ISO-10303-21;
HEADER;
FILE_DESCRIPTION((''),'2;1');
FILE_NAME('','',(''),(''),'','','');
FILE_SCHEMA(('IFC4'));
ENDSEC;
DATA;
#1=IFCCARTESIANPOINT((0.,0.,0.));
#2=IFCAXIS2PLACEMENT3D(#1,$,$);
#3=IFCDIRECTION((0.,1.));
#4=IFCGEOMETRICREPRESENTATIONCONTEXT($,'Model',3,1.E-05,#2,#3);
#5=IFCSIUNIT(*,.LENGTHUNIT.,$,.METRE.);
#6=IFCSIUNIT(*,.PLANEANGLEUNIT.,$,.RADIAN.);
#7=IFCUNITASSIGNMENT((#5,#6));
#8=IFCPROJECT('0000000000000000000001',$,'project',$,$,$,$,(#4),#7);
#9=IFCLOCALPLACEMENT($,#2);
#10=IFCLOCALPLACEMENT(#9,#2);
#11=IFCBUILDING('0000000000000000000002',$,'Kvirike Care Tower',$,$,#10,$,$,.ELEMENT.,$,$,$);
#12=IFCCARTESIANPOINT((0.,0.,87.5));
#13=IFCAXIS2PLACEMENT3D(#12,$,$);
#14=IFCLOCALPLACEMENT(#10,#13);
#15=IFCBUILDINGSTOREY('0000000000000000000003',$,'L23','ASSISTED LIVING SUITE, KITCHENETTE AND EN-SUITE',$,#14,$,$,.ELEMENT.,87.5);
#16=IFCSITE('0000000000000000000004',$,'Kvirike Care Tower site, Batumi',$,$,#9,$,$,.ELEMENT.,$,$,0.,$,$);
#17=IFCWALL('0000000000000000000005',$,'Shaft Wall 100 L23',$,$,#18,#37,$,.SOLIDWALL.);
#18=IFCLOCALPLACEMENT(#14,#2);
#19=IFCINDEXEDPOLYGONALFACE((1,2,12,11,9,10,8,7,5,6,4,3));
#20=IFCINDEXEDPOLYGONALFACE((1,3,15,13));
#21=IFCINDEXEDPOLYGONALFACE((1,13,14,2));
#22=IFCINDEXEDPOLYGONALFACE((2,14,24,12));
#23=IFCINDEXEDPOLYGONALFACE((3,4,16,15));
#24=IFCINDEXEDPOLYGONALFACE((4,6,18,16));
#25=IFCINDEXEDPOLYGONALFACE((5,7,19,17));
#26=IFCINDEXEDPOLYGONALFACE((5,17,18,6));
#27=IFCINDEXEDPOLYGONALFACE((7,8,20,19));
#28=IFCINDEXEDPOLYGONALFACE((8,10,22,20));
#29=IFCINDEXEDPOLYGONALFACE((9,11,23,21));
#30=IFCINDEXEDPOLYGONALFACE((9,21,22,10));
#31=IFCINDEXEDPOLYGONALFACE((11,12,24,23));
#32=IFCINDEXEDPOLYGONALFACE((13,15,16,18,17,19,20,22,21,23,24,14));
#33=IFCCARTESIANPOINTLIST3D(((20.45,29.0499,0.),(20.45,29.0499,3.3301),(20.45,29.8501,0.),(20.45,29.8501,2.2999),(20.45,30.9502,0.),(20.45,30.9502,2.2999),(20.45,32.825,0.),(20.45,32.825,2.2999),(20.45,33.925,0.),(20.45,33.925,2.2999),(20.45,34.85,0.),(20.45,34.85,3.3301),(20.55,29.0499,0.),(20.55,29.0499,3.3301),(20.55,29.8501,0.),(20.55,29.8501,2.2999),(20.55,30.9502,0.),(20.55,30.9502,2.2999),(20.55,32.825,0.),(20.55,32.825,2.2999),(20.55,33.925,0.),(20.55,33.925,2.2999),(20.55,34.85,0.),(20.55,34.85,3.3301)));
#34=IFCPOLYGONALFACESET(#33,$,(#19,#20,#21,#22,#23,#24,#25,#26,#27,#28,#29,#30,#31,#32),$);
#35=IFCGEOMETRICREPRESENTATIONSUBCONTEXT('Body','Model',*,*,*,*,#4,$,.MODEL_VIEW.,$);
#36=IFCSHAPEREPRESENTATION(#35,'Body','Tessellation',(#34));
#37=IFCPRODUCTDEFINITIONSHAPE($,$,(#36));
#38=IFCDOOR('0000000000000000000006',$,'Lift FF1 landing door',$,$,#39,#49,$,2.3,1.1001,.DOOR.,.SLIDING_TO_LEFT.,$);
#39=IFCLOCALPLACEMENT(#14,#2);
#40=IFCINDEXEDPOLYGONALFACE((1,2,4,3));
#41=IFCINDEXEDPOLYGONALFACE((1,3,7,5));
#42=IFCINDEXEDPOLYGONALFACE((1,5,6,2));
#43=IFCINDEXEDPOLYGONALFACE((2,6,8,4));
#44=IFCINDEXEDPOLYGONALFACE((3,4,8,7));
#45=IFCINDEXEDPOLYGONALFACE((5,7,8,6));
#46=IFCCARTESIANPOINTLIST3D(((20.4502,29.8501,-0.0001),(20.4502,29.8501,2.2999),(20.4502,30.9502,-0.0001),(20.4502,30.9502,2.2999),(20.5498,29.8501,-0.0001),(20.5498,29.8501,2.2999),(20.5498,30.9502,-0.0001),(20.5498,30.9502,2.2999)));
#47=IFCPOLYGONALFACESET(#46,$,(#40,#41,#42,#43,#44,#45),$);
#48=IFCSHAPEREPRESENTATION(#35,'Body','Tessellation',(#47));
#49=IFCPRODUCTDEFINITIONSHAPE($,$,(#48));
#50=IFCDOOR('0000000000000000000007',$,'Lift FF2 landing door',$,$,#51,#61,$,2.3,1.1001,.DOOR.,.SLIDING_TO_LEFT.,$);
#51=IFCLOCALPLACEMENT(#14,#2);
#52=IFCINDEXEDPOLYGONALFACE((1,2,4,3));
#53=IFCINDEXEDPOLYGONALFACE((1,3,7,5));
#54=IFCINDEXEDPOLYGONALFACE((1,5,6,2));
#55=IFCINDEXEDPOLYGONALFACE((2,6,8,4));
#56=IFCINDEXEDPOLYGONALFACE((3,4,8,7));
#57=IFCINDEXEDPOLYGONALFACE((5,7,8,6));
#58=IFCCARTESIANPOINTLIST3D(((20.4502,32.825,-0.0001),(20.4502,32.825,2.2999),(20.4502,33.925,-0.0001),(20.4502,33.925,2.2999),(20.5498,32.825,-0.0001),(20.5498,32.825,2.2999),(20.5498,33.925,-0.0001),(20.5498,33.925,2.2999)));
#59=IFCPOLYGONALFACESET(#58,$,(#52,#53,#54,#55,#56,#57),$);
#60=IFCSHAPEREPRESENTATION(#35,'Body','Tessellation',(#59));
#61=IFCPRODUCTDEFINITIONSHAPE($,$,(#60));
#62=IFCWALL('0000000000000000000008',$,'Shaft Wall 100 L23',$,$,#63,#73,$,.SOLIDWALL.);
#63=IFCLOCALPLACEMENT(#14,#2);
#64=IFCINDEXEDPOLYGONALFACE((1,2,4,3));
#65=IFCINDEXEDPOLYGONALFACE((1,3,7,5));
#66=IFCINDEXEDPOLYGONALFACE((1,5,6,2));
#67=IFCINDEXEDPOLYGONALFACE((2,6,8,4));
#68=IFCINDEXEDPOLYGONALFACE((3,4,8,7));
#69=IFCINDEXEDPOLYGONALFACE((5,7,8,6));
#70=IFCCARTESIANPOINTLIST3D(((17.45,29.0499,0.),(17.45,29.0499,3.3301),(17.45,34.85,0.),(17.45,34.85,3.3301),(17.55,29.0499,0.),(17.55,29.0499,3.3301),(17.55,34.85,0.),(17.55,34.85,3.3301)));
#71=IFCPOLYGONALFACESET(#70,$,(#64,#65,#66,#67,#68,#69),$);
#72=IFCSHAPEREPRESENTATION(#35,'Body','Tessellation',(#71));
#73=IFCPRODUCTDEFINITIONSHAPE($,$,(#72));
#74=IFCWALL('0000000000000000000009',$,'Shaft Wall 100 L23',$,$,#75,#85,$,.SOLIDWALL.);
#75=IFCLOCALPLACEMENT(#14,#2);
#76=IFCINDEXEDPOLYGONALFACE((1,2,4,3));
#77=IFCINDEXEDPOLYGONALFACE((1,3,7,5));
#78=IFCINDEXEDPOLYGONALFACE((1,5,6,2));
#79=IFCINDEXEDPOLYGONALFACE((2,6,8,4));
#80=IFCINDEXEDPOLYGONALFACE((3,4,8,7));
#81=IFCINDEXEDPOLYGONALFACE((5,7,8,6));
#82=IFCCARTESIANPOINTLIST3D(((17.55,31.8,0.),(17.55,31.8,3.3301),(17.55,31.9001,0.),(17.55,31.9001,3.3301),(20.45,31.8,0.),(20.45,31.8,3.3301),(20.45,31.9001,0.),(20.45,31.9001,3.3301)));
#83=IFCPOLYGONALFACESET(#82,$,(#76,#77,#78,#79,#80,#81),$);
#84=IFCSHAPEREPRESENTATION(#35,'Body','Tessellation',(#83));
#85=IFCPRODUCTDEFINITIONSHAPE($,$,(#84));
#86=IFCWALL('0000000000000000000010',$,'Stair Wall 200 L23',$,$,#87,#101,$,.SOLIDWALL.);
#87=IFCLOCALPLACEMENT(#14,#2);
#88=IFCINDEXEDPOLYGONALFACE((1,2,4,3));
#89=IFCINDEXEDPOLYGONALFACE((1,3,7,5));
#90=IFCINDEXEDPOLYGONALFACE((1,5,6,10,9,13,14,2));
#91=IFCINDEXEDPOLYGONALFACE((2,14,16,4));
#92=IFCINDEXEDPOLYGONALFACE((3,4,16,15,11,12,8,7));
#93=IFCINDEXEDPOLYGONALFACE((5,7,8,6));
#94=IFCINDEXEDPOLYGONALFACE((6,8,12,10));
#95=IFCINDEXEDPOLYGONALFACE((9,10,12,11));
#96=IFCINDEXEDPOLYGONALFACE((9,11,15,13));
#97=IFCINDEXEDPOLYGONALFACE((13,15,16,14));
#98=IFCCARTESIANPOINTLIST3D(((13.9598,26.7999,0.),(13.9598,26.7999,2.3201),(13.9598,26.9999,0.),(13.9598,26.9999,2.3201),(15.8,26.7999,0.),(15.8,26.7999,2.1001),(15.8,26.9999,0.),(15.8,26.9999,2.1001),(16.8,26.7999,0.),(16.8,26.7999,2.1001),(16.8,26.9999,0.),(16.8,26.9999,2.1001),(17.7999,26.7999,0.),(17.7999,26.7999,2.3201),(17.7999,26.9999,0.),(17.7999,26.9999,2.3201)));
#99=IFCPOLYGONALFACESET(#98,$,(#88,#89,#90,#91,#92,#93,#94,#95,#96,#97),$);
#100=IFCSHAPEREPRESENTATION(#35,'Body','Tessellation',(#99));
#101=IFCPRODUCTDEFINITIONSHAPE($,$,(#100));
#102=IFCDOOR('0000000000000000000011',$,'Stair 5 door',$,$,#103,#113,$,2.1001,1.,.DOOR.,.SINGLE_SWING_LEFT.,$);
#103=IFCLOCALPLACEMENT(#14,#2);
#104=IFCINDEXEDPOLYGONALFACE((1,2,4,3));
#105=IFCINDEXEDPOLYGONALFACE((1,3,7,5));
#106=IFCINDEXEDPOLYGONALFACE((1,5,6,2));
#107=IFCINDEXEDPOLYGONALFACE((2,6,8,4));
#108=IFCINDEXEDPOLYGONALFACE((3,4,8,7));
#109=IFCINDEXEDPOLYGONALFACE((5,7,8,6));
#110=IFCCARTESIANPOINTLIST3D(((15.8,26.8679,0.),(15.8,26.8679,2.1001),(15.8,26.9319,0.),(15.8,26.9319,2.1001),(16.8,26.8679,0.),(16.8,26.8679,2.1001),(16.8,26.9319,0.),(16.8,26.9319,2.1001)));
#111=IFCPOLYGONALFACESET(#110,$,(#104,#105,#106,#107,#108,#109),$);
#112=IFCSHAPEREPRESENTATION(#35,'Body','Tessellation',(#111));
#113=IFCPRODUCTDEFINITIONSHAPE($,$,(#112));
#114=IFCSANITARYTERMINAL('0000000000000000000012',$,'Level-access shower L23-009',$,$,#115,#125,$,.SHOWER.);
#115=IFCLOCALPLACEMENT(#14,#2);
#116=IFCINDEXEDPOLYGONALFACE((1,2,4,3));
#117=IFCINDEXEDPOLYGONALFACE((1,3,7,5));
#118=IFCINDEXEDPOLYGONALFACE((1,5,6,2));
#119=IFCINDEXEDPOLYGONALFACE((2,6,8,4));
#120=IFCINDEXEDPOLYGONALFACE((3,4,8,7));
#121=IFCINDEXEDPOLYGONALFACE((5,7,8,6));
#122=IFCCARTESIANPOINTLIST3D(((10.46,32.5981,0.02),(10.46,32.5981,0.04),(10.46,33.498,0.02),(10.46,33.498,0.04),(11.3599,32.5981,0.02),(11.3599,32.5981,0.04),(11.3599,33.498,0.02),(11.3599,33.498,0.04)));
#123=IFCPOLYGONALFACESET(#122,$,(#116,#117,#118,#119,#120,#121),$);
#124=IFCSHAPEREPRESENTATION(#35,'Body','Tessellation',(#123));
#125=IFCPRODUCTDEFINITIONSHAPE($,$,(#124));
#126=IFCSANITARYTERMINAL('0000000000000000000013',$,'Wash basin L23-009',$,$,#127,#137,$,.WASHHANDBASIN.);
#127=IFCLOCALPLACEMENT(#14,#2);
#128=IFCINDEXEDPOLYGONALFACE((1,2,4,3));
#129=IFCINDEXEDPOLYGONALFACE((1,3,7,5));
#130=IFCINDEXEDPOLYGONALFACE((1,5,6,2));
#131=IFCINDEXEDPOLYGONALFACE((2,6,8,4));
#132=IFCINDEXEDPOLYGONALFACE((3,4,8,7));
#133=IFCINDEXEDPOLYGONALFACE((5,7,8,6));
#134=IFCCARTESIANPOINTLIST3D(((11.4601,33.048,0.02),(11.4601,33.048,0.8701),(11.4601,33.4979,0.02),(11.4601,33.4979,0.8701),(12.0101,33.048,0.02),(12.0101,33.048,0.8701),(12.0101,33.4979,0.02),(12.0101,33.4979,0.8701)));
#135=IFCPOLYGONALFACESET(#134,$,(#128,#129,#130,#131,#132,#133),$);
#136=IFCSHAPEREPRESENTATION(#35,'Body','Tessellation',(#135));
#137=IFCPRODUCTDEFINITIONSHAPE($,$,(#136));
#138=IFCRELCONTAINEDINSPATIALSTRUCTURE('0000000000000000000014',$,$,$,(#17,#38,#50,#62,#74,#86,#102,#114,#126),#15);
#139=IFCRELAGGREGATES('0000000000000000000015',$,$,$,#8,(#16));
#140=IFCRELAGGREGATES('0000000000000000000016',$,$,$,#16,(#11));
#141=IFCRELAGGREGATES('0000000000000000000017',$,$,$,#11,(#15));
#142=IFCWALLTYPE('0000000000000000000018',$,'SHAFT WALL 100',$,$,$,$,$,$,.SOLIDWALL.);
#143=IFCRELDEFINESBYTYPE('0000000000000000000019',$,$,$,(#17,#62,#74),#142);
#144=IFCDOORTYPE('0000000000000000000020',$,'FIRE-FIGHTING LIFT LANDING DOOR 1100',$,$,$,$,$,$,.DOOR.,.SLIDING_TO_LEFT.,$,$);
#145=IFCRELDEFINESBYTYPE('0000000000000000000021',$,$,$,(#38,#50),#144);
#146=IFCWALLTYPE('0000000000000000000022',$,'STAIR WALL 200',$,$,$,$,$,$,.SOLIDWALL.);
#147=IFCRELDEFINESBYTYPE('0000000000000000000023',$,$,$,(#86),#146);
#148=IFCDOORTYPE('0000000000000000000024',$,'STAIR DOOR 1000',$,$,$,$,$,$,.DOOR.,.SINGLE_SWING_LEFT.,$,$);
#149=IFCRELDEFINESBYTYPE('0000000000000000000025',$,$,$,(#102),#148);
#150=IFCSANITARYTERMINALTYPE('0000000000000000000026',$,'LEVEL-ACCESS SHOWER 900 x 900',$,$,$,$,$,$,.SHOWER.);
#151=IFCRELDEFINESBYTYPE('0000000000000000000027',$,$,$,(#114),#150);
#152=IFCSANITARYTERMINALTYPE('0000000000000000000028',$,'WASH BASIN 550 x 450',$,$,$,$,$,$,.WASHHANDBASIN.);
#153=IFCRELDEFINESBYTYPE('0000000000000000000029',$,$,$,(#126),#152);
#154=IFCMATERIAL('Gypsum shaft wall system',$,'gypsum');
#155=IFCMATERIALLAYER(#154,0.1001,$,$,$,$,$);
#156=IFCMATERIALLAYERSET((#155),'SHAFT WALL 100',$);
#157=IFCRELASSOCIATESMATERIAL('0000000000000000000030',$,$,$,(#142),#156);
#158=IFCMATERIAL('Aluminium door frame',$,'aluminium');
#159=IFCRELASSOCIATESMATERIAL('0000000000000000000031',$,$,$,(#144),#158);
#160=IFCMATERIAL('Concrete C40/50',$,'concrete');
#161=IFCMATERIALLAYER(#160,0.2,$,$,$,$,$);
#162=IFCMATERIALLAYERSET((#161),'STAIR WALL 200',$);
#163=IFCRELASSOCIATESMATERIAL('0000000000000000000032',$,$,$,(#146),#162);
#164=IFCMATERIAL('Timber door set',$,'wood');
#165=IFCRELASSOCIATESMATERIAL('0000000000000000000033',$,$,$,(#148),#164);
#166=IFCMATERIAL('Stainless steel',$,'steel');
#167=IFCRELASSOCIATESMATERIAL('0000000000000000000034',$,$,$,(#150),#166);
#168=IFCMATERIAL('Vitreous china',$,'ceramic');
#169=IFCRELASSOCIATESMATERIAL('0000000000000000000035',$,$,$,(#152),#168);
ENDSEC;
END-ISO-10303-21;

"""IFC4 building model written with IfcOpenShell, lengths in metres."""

from ifc_helpers import new_model, si_unit, direction, frame, frame_2d, origin, origin_2d, place, context, subcontext, project, spatial, rectangle, extrude, material, layer, layer_set, type_object, element, fill, save


model = new_model("IFC4")

# Units and contexts
model_context = context("Model", 3, precision=1e-05, world=origin(), true_north=direction((0.0, 1.0)))
body_context = subcontext(model_context, "Body", "Model", "MODEL_VIEW")
ifc_project = project(units=[si_unit("LENGTHUNIT", "METRE"), si_unit("PLANEANGLEUNIT", "RADIAN")], contexts=[model_context])

# Site, building, storey
site_placement = place(None, origin())
site = spatial("IfcSite", under=ifc_project, at=site_placement, Name="Kvirike Care Tower site, Batumi", CompositionType="ELEMENT", RefElevation=0.0)
building_placement = place(site_placement, origin())
building = spatial("IfcBuilding", under=site, at=building_placement, Name="Kvirike Care Tower", CompositionType="ELEMENT")
storey_placement = place(building_placement, frame((0.0, 0.0, 87.5)))
storey = spatial("IfcBuildingStorey", under=building, at=storey_placement, Name="L23", Description="ASSISTED LIVING SUITE, KITCHENETTE AND EN-SUITE", CompositionType="ELEMENT", Elevation=87.5)

# Wall, openings, doors
ifc_material_1 = material(Name="Gypsum shaft wall system", Category="gypsum")
ifc_layer_1 = layer(ifc_material_1, 0.1001)
ifc_layer_set_1 = layer_set([ifc_layer_1], Name="SHAFT WALL 100")
wall_type_1 = type_object("IfcWallType", Name="SHAFT WALL 100", PredefinedType="SOLIDWALL", material=ifc_layer_set_1)
wall_1_placement = place(storey_placement, frame((20.5, 29.05, 0.0), z_axis=(0.0, 0.0, 1.0), x_axis=(0.0, 1.0, 0.0)))
wall_1 = element("IfcWall", 1, at=wall_1_placement, inside=storey, type_object=wall_type_1, Name="Shaft Wall 100 L23", PredefinedType="SOLIDWALL", context=body_context, shape_type="SweptSolid", body=[
    extrude(rectangle(XDim=5.8, YDim=0.1001, at=frame_2d((2.8999, 0.0))), origin(), (0.0, 0.0, 1.0), 3.3301),
])
opening_1_placement = place(wall_1_placement, frame((0.8, 0.0, 0.0)))
opening_1 = element("IfcOpeningElement", 2, at=opening_1_placement, cuts=wall_1, PredefinedType="OPENING", context=body_context, shape_type="SweptSolid", body=[
    extrude(rectangle(XDim=1.1001, YDim=2.3, at=frame_2d((0.55, 1.1499))), frame((0.0, 0.0605, 0.0), z_axis=(0.0, -1.0, 0.0), x_axis=(1.0, 0.0, 0.0)), (0.0, 0.0, 1.0), 0.1211),
])
opening_2_placement = place(wall_1_placement, frame((3.7749, 0.0, 0.0)))
opening_2 = element("IfcOpeningElement", 3, at=opening_2_placement, cuts=wall_1, PredefinedType="OPENING", context=body_context, shape_type="SweptSolid", body=[
    extrude(rectangle(XDim=1.1001, YDim=2.3, at=frame_2d((0.55, 1.1499))), frame((0.0, 0.0605, 0.0), z_axis=(0.0, -1.0, 0.0), x_axis=(1.0, 0.0, 0.0)), (0.0, 0.0, 1.0), 0.1211),
])
ifc_material_2 = material(Name="Aluminium door frame", Category="aluminium")
door_type_1 = type_object("IfcDoorType", Name="FIRE-FIGHTING LIFT LANDING DOOR 1100", OperationType="SLIDING_TO_LEFT", PredefinedType="DOOR", material=ifc_material_2)
door_1_placement = place(opening_1_placement, origin())
door_1 = element("IfcDoor", 4, at=door_1_placement, inside=storey, type_object=door_type_1, Name="Lift FF1 landing door", OperationType="SLIDING_TO_LEFT", OverallHeight=2.3, OverallWidth=1.1001, PredefinedType="DOOR", context=body_context, shape_type="SweptSolid", body=[
    extrude(rectangle(XDim=1.1001, YDim=2.3, at=frame_2d((0.55, 1.1499))), frame((0.0, 0.0498, 0.0), z_axis=(0.0, -1.0, 0.0), x_axis=(1.0, 0.0, 0.0)), (0.0, 0.0, 1.0), 0.0996),
])
fill(opening_1, door_1)
door_2_placement = place(opening_2_placement, origin())
door_2 = element("IfcDoor", 5, at=door_2_placement, inside=storey, type_object=door_type_1, Name="Lift FF2 landing door", OperationType="SLIDING_TO_LEFT", OverallHeight=2.3, OverallWidth=1.1001, PredefinedType="DOOR", context=body_context, shape_type="SweptSolid", body=[
    extrude(rectangle(XDim=1.1001, YDim=2.3, at=frame_2d((0.55, 1.1499))), frame((0.0, 0.0498, 0.0), z_axis=(0.0, -1.0, 0.0), x_axis=(1.0, 0.0, 0.0)), (0.0, 0.0, 1.0), 0.0996),
])
fill(opening_2, door_2)

# Walls
wall_2_placement = place(storey_placement, frame((17.5, 29.05, 0.0), z_axis=(0.0, 0.0, 1.0), x_axis=(0.0, 1.0, 0.0)))
element("IfcWall", 6, at=wall_2_placement, inside=storey, type_object=wall_type_1, Name="Shaft Wall 100 L23", PredefinedType="SOLIDWALL", context=body_context, shape_type="SweptSolid", body=[
    extrude(rectangle(XDim=5.8, YDim=0.1001, at=frame_2d((2.8999, 0.0))), origin(), (0.0, 0.0, 1.0), 3.3301),
])
wall_3_placement = place(storey_placement, frame((17.55, 31.8501, 0.0), z_axis=(0.0, 0.0, 1.0), x_axis=(1.0, 0.0, 0.0)))
element("IfcWall", 7, at=wall_3_placement, inside=storey, type_object=wall_type_1, Name="Shaft Wall 100 L23", PredefinedType="SOLIDWALL", context=body_context, shape_type="SweptSolid", body=[
    extrude(rectangle(XDim=2.8999, YDim=0.1001, at=frame_2d((1.45, 0.0))), origin(), (0.0, 0.0, 1.0), 3.3301),
])

# Wall, opening, door
ifc_material_3 = material(Name="Concrete C40/50", Category="concrete")
ifc_layer_2 = layer(ifc_material_3, 0.2)
ifc_layer_set_2 = layer_set([ifc_layer_2], Name="STAIR WALL 200")
wall_type_2 = type_object("IfcWallType", Name="STAIR WALL 200", PredefinedType="SOLIDWALL", material=ifc_layer_set_2)
wall_4_placement = place(storey_placement, frame((13.96, 26.8999, 0.0), z_axis=(0.0, 0.0, 1.0), x_axis=(1.0, 0.0, 0.0)))
wall_4 = element("IfcWall", 8, at=wall_4_placement, inside=storey, type_object=wall_type_2, Name="Stair Wall 200 L23", PredefinedType="SOLIDWALL", context=body_context, shape_type="SweptSolid", body=[
    extrude(rectangle(XDim=3.8401, YDim=0.2, at=frame_2d((1.9199, 0.0))), origin(), (0.0, 0.0, 1.0), 2.3201),
])
opening_3_placement = place(wall_4_placement, frame((1.8401, 0.0, 0.0)))
opening_3 = element("IfcOpeningElement", 9, at=opening_3_placement, cuts=wall_4, PredefinedType="OPENING", context=body_context, shape_type="SweptSolid", body=[
    extrude(rectangle(XDim=1.0, YDim=2.1001, at=frame_2d((0.5, 1.05))), frame((0.0, 0.1106, 0.0), z_axis=(0.0, -1.0, 0.0), x_axis=(1.0, 0.0, 0.0)), (0.0, 0.0, 1.0), 0.2209),
])
ifc_material_4 = material(Name="Timber door set", Category="wood")
door_type_2 = type_object("IfcDoorType", Name="STAIR DOOR 1000", OperationType="SINGLE_SWING_LEFT", PredefinedType="DOOR", material=ifc_material_4)
door_3_placement = place(opening_3_placement, frame((1.0, 0.0, 0.0), z_axis=(0.0, 0.0, 1.0), x_axis=(-1.0, 0.0, 0.0)))
door_3 = element("IfcDoor", 10, at=door_3_placement, inside=storey, type_object=door_type_2, Name="Stair 5 door", OperationType="SINGLE_SWING_LEFT", OverallHeight=2.1001, OverallWidth=1.0, PredefinedType="DOOR", context=body_context, shape_type="SweptSolid", body=[
    extrude(rectangle(XDim=1.0, YDim=2.1001, at=frame_2d((0.5, 1.05))), frame((0.0, 0.032, 0.0), z_axis=(0.0, -1.0, 0.0), x_axis=(1.0, 0.0, 0.0)), (0.0, 0.0, 1.0), 0.064),
])
fill(opening_3, door_3)

# Sanitary terminals
ifc_material_5 = material(Name="Stainless steel", Category="steel")
sanitary_terminal_type_1 = type_object("IfcSanitaryTerminalType", Name="LEVEL-ACCESS SHOWER 900 x 900", PredefinedType="SHOWER", material=ifc_material_5)
sanitary_terminal_1_placement = place(storey_placement, frame((10.9099, 33.0481, 0.02), z_axis=(0.0, 0.0, 1.0), x_axis=(1.0, 0.0, 0.0)))
element("IfcSanitaryTerminal", 11, at=sanitary_terminal_1_placement, inside=storey, type_object=sanitary_terminal_type_1, Name="Level-access shower L23-009", PredefinedType="SHOWER", context=body_context, shape_type="SweptSolid", body=[
    extrude(rectangle(XDim=0.8999, YDim=0.8999, at=origin_2d()), origin(), (0.0, 0.0, 1.0), 0.02),
])
ifc_material_6 = material(Name="Vitreous china", Category="ceramic")
sanitary_terminal_type_2 = type_object("IfcSanitaryTerminalType", Name="WASH BASIN 550 x 450", PredefinedType="WASHHANDBASIN", material=ifc_material_6)
sanitary_terminal_2_placement = place(storey_placement, frame((11.7351, 33.2729, 0.02), z_axis=(0.0, 0.0, 1.0), x_axis=(1.0, 0.0, 0.0)))
element("IfcSanitaryTerminal", 12, at=sanitary_terminal_2_placement, inside=storey, type_object=sanitary_terminal_type_2, Name="Wash basin L23-009", PredefinedType="WASHHANDBASIN", context=body_context, shape_type="SweptSolid", body=[
    extrude(rectangle(XDim=0.55, YDim=0.45, at=origin_2d()), origin(), (0.0, 0.0, 1.0), 0.8501),
])

save(model, "model.ifc")
